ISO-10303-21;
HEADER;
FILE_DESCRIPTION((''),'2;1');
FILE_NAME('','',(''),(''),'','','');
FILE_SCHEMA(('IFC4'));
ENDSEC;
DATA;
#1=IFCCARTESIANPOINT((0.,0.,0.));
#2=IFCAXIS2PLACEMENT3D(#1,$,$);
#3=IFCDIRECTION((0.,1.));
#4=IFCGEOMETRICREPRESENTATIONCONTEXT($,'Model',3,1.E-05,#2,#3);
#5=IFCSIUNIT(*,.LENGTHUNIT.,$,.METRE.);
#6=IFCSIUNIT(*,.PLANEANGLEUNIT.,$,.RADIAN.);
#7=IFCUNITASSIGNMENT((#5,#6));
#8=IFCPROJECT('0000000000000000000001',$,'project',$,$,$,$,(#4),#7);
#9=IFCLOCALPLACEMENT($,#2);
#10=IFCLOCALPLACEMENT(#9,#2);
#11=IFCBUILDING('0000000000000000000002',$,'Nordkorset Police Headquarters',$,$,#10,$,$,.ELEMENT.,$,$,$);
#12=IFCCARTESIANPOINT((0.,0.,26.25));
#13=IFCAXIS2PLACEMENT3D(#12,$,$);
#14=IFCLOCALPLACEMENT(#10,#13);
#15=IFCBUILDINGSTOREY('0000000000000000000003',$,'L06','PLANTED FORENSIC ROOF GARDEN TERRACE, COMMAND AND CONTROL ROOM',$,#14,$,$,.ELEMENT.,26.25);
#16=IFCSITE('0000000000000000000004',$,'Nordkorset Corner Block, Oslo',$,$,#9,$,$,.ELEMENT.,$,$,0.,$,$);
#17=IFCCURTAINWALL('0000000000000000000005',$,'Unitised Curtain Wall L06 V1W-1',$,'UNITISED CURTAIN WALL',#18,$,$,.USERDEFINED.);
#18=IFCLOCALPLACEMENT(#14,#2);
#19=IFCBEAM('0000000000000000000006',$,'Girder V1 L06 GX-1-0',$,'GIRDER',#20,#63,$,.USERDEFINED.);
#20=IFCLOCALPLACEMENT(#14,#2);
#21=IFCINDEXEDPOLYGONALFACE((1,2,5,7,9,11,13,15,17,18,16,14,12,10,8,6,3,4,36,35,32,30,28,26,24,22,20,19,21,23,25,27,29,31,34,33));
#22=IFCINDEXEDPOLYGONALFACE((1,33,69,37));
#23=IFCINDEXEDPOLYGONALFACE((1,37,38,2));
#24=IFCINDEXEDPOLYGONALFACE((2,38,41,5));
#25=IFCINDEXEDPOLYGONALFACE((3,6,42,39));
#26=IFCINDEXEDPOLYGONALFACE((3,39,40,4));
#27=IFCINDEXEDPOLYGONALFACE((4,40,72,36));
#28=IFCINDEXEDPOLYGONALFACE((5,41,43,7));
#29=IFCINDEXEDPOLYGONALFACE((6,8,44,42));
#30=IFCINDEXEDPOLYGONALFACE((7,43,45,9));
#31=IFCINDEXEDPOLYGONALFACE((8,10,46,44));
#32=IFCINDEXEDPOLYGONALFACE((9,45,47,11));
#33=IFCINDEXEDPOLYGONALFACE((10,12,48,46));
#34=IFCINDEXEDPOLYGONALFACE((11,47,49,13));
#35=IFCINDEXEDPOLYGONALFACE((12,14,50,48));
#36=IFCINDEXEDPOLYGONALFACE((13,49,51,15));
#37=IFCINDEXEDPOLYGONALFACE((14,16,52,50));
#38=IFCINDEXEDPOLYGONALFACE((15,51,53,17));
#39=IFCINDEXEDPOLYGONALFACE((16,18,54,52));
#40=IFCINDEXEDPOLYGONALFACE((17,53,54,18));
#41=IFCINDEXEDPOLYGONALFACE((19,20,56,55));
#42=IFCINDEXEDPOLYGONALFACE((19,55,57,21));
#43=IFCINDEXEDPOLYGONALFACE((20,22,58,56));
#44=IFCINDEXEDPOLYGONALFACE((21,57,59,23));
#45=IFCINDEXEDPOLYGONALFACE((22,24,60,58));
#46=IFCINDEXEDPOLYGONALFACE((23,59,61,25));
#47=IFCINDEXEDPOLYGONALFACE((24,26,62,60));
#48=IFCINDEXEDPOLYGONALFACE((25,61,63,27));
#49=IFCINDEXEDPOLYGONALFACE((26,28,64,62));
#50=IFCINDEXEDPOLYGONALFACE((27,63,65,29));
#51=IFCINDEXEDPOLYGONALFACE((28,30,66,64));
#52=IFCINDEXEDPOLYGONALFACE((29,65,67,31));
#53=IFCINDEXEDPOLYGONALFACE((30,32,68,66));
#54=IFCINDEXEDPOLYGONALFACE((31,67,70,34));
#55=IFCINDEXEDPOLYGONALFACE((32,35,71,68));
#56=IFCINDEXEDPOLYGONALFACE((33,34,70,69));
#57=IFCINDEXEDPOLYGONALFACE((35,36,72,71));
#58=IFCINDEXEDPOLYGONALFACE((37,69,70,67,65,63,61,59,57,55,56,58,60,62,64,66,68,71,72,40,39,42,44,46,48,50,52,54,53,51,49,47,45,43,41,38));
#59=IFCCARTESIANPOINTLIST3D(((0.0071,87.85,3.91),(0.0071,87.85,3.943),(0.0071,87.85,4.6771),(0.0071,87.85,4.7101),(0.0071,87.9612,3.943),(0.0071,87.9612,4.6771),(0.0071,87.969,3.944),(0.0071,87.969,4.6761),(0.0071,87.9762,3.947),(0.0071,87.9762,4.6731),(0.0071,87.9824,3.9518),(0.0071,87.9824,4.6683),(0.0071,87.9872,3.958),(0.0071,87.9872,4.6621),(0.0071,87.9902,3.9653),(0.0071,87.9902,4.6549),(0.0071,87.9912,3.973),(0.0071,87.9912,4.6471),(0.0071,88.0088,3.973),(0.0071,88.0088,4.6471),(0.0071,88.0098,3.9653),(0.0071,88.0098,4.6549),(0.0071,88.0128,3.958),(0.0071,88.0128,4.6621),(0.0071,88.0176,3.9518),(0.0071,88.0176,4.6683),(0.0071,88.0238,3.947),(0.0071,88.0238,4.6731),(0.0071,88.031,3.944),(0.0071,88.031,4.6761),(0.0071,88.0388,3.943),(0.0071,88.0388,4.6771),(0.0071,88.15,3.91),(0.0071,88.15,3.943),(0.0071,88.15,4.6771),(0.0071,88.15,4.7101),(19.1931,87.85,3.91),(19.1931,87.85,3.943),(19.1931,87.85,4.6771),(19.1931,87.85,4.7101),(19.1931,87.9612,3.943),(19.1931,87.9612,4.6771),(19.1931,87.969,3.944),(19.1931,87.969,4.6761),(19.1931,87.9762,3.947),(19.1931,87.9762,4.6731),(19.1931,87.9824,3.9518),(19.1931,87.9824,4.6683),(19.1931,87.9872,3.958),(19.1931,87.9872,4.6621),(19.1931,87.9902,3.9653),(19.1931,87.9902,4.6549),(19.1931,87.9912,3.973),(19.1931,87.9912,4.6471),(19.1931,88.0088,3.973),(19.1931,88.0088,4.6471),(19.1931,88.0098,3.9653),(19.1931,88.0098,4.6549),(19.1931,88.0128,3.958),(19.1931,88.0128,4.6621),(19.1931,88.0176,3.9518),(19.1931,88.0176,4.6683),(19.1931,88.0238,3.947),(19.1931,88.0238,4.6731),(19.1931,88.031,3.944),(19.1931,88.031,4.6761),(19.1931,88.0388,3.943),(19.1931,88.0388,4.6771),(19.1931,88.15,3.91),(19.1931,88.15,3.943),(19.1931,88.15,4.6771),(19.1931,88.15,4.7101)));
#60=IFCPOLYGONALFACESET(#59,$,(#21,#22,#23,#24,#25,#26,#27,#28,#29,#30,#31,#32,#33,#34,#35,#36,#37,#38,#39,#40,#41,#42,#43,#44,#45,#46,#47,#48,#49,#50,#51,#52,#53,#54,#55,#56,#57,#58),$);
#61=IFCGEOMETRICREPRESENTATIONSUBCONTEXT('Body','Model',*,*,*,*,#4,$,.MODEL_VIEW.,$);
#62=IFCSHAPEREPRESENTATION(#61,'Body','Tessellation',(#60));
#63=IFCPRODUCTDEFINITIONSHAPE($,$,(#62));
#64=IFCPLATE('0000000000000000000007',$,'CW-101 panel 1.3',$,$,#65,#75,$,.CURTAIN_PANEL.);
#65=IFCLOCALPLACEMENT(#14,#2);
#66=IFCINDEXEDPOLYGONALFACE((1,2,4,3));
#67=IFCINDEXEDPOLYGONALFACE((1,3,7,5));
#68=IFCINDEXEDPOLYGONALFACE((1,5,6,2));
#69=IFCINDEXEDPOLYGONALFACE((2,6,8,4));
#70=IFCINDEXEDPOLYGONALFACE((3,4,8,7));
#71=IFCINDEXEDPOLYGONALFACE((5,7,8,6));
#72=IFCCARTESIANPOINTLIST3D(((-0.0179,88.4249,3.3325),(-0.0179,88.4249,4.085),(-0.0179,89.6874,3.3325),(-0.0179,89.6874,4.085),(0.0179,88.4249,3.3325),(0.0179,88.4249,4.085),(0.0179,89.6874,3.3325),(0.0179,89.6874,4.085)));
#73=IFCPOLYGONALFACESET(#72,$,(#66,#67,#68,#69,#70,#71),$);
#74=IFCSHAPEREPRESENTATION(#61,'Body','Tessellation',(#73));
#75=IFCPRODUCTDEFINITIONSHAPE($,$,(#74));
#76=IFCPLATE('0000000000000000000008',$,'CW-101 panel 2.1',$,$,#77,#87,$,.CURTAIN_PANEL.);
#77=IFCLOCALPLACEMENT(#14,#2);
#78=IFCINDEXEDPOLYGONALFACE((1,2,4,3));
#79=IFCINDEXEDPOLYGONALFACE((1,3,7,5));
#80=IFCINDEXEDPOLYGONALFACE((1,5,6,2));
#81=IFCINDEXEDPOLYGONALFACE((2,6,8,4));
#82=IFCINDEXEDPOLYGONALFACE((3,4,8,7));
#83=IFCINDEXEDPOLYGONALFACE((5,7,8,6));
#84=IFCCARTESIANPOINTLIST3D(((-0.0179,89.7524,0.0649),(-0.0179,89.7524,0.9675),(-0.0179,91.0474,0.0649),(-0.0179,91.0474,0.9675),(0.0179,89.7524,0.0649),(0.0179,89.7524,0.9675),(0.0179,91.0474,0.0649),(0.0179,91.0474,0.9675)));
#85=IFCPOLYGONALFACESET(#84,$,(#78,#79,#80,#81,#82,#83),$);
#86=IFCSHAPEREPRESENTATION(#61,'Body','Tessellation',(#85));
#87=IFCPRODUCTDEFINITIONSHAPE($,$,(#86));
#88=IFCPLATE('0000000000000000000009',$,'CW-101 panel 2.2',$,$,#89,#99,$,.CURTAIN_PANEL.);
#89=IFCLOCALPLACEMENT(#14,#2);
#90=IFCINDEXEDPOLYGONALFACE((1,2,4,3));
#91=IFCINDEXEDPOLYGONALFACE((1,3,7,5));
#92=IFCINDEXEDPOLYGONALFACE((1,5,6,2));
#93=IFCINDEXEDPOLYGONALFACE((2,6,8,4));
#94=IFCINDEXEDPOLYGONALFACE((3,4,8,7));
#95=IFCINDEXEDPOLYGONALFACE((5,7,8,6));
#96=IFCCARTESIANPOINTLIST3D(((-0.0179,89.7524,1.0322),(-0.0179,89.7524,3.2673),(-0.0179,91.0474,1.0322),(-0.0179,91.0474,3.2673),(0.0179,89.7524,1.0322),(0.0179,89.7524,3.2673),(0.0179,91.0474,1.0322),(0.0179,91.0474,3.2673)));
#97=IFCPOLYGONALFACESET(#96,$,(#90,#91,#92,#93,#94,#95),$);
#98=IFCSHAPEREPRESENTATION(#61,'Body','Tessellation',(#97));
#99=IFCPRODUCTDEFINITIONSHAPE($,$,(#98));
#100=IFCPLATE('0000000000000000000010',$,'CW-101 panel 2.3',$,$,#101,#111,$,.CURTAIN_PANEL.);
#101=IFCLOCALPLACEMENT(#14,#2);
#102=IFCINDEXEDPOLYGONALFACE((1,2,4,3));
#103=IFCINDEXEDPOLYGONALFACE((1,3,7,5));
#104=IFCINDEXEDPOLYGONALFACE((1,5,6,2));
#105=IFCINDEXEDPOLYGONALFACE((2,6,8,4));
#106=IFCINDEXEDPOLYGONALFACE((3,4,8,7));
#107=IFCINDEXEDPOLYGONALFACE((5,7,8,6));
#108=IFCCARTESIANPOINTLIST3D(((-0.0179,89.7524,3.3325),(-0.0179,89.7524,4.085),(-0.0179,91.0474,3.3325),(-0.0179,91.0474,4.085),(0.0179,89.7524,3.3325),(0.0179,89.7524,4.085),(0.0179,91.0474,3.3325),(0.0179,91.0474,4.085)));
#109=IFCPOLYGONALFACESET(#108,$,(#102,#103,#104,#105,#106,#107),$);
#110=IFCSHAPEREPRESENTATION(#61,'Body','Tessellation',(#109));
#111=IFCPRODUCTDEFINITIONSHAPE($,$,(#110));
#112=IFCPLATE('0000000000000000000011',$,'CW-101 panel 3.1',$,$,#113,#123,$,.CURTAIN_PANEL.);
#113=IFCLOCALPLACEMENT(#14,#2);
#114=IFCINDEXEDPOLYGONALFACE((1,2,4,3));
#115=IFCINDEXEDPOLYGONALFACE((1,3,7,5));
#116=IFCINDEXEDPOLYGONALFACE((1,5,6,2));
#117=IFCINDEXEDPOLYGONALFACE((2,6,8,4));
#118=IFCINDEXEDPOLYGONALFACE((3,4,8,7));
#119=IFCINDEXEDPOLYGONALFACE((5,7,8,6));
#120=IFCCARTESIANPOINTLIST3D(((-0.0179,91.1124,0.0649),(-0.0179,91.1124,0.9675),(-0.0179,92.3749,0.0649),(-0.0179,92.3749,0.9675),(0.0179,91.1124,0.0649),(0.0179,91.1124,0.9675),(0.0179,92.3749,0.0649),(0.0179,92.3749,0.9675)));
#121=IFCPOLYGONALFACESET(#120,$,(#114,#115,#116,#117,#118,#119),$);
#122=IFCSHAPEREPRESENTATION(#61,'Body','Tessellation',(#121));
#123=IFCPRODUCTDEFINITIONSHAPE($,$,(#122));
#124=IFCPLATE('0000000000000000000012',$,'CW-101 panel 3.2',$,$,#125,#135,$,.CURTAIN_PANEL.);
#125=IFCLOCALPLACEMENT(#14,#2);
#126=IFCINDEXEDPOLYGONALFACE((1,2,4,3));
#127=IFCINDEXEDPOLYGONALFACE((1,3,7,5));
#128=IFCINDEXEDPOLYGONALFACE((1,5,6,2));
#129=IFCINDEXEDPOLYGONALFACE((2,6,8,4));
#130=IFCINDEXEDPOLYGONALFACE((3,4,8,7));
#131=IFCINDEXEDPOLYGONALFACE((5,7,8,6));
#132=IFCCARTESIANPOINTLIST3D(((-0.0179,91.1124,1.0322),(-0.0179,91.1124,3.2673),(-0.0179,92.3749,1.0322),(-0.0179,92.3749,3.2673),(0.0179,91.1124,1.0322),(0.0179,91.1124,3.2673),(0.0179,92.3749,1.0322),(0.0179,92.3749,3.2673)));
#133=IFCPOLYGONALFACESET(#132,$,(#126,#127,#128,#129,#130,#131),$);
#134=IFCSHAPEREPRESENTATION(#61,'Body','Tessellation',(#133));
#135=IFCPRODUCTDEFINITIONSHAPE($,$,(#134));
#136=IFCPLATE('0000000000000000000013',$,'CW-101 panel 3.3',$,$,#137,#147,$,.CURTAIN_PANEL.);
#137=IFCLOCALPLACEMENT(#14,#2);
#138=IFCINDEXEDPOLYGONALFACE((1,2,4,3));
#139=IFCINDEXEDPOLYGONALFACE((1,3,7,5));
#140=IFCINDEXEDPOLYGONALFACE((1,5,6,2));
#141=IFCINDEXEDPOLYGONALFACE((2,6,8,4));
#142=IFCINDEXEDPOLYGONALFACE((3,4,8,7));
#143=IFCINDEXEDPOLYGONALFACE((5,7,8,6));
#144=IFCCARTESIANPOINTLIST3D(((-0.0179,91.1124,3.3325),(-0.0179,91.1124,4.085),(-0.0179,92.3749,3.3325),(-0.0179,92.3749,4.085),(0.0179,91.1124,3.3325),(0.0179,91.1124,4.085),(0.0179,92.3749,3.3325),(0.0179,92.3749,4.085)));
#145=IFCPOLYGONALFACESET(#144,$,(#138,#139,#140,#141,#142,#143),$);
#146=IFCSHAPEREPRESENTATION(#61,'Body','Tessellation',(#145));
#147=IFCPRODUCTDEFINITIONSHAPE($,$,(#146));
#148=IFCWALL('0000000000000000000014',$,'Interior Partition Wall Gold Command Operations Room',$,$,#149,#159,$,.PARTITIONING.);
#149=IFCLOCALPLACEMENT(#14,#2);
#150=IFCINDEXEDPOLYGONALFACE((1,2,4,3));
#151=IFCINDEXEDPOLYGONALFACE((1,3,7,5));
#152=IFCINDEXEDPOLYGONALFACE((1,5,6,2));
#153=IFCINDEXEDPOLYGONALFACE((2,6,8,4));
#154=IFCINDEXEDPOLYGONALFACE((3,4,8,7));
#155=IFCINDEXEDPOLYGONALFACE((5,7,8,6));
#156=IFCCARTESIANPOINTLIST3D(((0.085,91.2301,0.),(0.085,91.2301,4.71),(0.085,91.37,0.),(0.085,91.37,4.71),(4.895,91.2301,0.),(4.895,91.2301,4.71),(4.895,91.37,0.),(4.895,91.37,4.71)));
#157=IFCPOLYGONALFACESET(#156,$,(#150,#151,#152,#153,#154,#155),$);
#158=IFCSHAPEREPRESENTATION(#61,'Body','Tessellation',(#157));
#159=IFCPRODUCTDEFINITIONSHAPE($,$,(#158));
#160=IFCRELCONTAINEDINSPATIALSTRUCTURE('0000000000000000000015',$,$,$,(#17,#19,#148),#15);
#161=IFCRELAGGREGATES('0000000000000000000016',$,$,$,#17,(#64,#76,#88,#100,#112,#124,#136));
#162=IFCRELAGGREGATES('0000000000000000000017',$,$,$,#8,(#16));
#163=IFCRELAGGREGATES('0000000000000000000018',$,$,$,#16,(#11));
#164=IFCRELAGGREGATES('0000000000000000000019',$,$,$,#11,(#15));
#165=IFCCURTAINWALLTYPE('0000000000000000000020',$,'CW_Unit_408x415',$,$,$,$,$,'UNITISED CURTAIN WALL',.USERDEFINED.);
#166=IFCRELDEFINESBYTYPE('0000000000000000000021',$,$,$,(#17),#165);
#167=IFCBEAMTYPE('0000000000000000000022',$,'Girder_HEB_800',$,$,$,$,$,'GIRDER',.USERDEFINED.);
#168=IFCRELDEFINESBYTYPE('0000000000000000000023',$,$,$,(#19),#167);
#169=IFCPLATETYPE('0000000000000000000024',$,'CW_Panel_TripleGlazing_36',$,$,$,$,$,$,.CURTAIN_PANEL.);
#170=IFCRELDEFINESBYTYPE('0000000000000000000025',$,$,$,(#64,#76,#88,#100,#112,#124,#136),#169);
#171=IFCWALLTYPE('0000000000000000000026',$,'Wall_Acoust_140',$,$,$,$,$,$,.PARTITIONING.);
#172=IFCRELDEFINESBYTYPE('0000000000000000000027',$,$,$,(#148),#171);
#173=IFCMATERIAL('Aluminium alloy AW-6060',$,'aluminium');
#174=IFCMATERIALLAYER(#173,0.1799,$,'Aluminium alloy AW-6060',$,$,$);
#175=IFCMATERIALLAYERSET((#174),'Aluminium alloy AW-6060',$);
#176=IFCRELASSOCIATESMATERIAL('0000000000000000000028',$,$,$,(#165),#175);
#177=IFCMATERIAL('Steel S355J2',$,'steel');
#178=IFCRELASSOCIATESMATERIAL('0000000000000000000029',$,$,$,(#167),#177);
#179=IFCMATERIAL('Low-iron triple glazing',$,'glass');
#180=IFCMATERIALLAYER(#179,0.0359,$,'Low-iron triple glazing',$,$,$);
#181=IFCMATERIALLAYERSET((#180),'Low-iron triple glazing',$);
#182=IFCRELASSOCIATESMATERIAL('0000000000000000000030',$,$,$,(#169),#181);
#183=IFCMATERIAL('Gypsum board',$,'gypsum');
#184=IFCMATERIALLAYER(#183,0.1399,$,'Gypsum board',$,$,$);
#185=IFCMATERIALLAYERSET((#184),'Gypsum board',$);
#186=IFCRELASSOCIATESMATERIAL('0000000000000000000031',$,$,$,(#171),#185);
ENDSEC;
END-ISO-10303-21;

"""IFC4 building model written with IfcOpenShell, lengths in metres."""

from ifc_helpers import new_model, si_unit, direction, frame, frame_2d, origin, origin_2d, place, context, subcontext, project, spatial, rectangle, i_section, extrude, material, layer, layer_set, material_profile, profile_set, type_object, element, aggregate, save


model = new_model("IFC4")

# Units and contexts
model_context = context("Model", 3, precision=1e-05, world=origin(), true_north=direction((0.0, 1.0)))
body_context = subcontext(model_context, "Body", "Model", "MODEL_VIEW")
ifc_project = project(units=[si_unit("LENGTHUNIT", "METRE"), si_unit("PLANEANGLEUNIT", "RADIAN")], contexts=[model_context])

# Site, building, storey
site_placement = place(None, origin())
site = spatial("IfcSite", under=ifc_project, at=site_placement, Name="Nordkorset Corner Block, Oslo", CompositionType="ELEMENT", RefElevation=0.0)
building_placement = place(site_placement, origin())
building = spatial("IfcBuilding", under=site, at=building_placement, Name="Nordkorset Police Headquarters", CompositionType="ELEMENT")
storey_placement = place(building_placement, frame((0.0, 0.0, 26.25)))
storey = spatial("IfcBuildingStorey", under=building, at=storey_placement, Name="L06", Description="PLANTED FORENSIC ROOF GARDEN TERRACE, COMMAND AND CONTROL ROOM", CompositionType="ELEMENT", Elevation=26.25)

# Curtain wall
ifc_material_1 = material(Name="Aluminium alloy AW-6060", Category="aluminium")
ifc_layer_1 = layer(ifc_material_1, 0.1799, Name="Aluminium alloy AW-6060")
ifc_layer_set_1 = layer_set([ifc_layer_1], Name="Aluminium alloy AW-6060")
curtain_wall_type = type_object("IfcCurtainWallType", Name="CW_Unit_408x415", ElementType="UNITISED CURTAIN WALL", PredefinedType="USERDEFINED", material=ifc_layer_set_1)
curtain_wall_placement = place(storey_placement, origin())
curtain_wall = element("IfcCurtainWall", 1, at=curtain_wall_placement, inside=storey, type_object=curtain_wall_type, Name="Unitised Curtain Wall L06 V1W-1", ObjectType="UNITISED CURTAIN WALL", PredefinedType="USERDEFINED")

# Beam
ifc_material_2 = material(Name="Steel S355J2", Category="steel")
ifc_material_profile_1 = material_profile(ifc_material_2, i_section(OverallWidth=0.3, OverallDepth=0.8, WebThickness=0.0176, FlangeThickness=0.033, FilletRadius=0.03, at=origin_2d()), Name="HEB 800")
ifc_profile_set_1 = profile_set([ifc_material_profile_1], Name="Steel S355J2")
beam_type_1 = type_object("IfcBeamType", Name="Girder_HEB_800", ElementType="GIRDER", PredefinedType="USERDEFINED", material=ifc_profile_set_1)
beam_1_placement = place(storey_placement, frame((0.0071, 88.0, 4.3101), z_axis=(1.0, 0.0, 0.0), x_axis=(0.0, 1.0, 0.0)))
element("IfcBeam", 2, at=beam_1_placement, inside=storey, type_object=beam_type_1, Name="Girder V1 L06 GX-1-0", ObjectType="GIRDER", PredefinedType="USERDEFINED", context=body_context, shape_type="SweptSolid", body=[
    extrude(i_section(OverallWidth=0.3, OverallDepth=0.8, WebThickness=0.0176, FlangeThickness=0.033, FilletRadius=0.03, at=origin_2d()), origin(), (0.0, 0.0, 1.0), 19.186),
])

# Plates
ifc_material_3 = material(Name="Low-iron triple glazing", Category="glass")
ifc_layer_2 = layer(ifc_material_3, 0.0359, Name="Low-iron triple glazing")
ifc_layer_set_2 = layer_set([ifc_layer_2], Name="Low-iron triple glazing")
plate_type = type_object("IfcPlateType", Name="CW_Panel_TripleGlazing_36", PredefinedType="CURTAIN_PANEL", material=ifc_layer_set_2)
plate_1_placement = place(storey_placement, frame((0.0, 89.0562, 3.3325), z_axis=(0.0, 0.0, 1.0), x_axis=(0.0, 1.0, 0.0)))
plate_1 = element("IfcPlate", 3, at=plate_1_placement, type_object=plate_type, Name="CW-101 panel 1.3", PredefinedType="CURTAIN_PANEL", context=body_context, shape_type="SweptSolid", body=[
    extrude(rectangle(XDim=1.2625, YDim=0.0359, at=origin_2d()), origin(), (0.0, 0.0, 1.0), 0.7524),
])
plate_2_placement = place(storey_placement, frame((0.0, 90.3999, 0.0649), z_axis=(0.0, 0.0, 1.0), x_axis=(0.0, 1.0, 0.0)))
plate_2 = element("IfcPlate", 4, at=plate_2_placement, type_object=plate_type, Name="CW-101 panel 2.1", PredefinedType="CURTAIN_PANEL", context=body_context, shape_type="SweptSolid", body=[
    extrude(rectangle(XDim=1.2949, YDim=0.0359, at=origin_2d()), origin(), (0.0, 0.0, 1.0), 0.9026),
])
plate_3_placement = place(storey_placement, frame((0.0, 90.3999, 1.0322), z_axis=(0.0, 0.0, 1.0), x_axis=(0.0, 1.0, 0.0)))
plate_3 = element("IfcPlate", 5, at=plate_3_placement, type_object=plate_type, Name="CW-101 panel 2.2", PredefinedType="CURTAIN_PANEL", context=body_context, shape_type="SweptSolid", body=[
    extrude(rectangle(XDim=1.2949, YDim=0.0359, at=origin_2d()), origin(), (0.0, 0.0, 1.0), 2.2351),
])
plate_4_placement = place(storey_placement, frame((0.0, 90.3999, 3.3325), z_axis=(0.0, 0.0, 1.0), x_axis=(0.0, 1.0, 0.0)))
plate_4 = element("IfcPlate", 6, at=plate_4_placement, type_object=plate_type, Name="CW-101 panel 2.3", PredefinedType="CURTAIN_PANEL", context=body_context, shape_type="SweptSolid", body=[
    extrude(rectangle(XDim=1.2949, YDim=0.0359, at=origin_2d()), origin(), (0.0, 0.0, 1.0), 0.7524),
])
plate_5_placement = place(storey_placement, frame((0.0, 91.7437, 0.0649), z_axis=(0.0, 0.0, 1.0), x_axis=(0.0, 1.0, 0.0)))
plate_5 = element("IfcPlate", 7, at=plate_5_placement, type_object=plate_type, Name="CW-101 panel 3.1", PredefinedType="CURTAIN_PANEL", context=body_context, shape_type="SweptSolid", body=[
    extrude(rectangle(XDim=1.2625, YDim=0.0359, at=origin_2d()), origin(), (0.0, 0.0, 1.0), 0.9026),
])
plate_6_placement = place(storey_placement, frame((0.0, 91.7437, 1.0322), z_axis=(0.0, 0.0, 1.0), x_axis=(0.0, 1.0, 0.0)))
plate_6 = element("IfcPlate", 8, at=plate_6_placement, type_object=plate_type, Name="CW-101 panel 3.2", PredefinedType="CURTAIN_PANEL", context=body_context, shape_type="SweptSolid", body=[
    extrude(rectangle(XDim=1.2625, YDim=0.0359, at=origin_2d()), origin(), (0.0, 0.0, 1.0), 2.2351),
])
plate_7_placement = place(storey_placement, frame((0.0, 91.7437, 3.3325), z_axis=(0.0, 0.0, 1.0), x_axis=(0.0, 1.0, 0.0)))
plate_7 = element("IfcPlate", 9, at=plate_7_placement, type_object=plate_type, Name="CW-101 panel 3.3", PredefinedType="CURTAIN_PANEL", context=body_context, shape_type="SweptSolid", body=[
    extrude(rectangle(XDim=1.2625, YDim=0.0359, at=origin_2d()), origin(), (0.0, 0.0, 1.0), 0.7524),
])
aggregate(curtain_wall, [plate_1, plate_2, plate_3, plate_4, plate_5, plate_6, plate_7])

# Wall
ifc_material_4 = material(Name="Gypsum board", Category="gypsum")
ifc_layer_3 = layer(ifc_material_4, 0.1399, Name="Gypsum board")
ifc_layer_set_3 = layer_set([ifc_layer_3], Name="Gypsum board")
wall_type = type_object("IfcWallType", Name="Wall_Acoust_140", PredefinedType="PARTITIONING", material=ifc_layer_set_3)
wall_placement = place(storey_placement, frame((0.085, 91.3, 0.0), z_axis=(0.0, 0.0, 1.0), x_axis=(1.0, 0.0, 0.0)))
element("IfcWall", 10, at=wall_placement, inside=storey, type_object=wall_type, Name="Interior Partition Wall Gold Command Operations Room", PredefinedType="PARTITIONING", context=body_context, shape_type="SweptSolid", body=[
    extrude(rectangle(XDim=4.8101, YDim=0.1399, at=frame_2d((2.405, 0.0))), origin(), (0.0, 0.0, 1.0), 4.71),
])

save(model, "model.ifc")
